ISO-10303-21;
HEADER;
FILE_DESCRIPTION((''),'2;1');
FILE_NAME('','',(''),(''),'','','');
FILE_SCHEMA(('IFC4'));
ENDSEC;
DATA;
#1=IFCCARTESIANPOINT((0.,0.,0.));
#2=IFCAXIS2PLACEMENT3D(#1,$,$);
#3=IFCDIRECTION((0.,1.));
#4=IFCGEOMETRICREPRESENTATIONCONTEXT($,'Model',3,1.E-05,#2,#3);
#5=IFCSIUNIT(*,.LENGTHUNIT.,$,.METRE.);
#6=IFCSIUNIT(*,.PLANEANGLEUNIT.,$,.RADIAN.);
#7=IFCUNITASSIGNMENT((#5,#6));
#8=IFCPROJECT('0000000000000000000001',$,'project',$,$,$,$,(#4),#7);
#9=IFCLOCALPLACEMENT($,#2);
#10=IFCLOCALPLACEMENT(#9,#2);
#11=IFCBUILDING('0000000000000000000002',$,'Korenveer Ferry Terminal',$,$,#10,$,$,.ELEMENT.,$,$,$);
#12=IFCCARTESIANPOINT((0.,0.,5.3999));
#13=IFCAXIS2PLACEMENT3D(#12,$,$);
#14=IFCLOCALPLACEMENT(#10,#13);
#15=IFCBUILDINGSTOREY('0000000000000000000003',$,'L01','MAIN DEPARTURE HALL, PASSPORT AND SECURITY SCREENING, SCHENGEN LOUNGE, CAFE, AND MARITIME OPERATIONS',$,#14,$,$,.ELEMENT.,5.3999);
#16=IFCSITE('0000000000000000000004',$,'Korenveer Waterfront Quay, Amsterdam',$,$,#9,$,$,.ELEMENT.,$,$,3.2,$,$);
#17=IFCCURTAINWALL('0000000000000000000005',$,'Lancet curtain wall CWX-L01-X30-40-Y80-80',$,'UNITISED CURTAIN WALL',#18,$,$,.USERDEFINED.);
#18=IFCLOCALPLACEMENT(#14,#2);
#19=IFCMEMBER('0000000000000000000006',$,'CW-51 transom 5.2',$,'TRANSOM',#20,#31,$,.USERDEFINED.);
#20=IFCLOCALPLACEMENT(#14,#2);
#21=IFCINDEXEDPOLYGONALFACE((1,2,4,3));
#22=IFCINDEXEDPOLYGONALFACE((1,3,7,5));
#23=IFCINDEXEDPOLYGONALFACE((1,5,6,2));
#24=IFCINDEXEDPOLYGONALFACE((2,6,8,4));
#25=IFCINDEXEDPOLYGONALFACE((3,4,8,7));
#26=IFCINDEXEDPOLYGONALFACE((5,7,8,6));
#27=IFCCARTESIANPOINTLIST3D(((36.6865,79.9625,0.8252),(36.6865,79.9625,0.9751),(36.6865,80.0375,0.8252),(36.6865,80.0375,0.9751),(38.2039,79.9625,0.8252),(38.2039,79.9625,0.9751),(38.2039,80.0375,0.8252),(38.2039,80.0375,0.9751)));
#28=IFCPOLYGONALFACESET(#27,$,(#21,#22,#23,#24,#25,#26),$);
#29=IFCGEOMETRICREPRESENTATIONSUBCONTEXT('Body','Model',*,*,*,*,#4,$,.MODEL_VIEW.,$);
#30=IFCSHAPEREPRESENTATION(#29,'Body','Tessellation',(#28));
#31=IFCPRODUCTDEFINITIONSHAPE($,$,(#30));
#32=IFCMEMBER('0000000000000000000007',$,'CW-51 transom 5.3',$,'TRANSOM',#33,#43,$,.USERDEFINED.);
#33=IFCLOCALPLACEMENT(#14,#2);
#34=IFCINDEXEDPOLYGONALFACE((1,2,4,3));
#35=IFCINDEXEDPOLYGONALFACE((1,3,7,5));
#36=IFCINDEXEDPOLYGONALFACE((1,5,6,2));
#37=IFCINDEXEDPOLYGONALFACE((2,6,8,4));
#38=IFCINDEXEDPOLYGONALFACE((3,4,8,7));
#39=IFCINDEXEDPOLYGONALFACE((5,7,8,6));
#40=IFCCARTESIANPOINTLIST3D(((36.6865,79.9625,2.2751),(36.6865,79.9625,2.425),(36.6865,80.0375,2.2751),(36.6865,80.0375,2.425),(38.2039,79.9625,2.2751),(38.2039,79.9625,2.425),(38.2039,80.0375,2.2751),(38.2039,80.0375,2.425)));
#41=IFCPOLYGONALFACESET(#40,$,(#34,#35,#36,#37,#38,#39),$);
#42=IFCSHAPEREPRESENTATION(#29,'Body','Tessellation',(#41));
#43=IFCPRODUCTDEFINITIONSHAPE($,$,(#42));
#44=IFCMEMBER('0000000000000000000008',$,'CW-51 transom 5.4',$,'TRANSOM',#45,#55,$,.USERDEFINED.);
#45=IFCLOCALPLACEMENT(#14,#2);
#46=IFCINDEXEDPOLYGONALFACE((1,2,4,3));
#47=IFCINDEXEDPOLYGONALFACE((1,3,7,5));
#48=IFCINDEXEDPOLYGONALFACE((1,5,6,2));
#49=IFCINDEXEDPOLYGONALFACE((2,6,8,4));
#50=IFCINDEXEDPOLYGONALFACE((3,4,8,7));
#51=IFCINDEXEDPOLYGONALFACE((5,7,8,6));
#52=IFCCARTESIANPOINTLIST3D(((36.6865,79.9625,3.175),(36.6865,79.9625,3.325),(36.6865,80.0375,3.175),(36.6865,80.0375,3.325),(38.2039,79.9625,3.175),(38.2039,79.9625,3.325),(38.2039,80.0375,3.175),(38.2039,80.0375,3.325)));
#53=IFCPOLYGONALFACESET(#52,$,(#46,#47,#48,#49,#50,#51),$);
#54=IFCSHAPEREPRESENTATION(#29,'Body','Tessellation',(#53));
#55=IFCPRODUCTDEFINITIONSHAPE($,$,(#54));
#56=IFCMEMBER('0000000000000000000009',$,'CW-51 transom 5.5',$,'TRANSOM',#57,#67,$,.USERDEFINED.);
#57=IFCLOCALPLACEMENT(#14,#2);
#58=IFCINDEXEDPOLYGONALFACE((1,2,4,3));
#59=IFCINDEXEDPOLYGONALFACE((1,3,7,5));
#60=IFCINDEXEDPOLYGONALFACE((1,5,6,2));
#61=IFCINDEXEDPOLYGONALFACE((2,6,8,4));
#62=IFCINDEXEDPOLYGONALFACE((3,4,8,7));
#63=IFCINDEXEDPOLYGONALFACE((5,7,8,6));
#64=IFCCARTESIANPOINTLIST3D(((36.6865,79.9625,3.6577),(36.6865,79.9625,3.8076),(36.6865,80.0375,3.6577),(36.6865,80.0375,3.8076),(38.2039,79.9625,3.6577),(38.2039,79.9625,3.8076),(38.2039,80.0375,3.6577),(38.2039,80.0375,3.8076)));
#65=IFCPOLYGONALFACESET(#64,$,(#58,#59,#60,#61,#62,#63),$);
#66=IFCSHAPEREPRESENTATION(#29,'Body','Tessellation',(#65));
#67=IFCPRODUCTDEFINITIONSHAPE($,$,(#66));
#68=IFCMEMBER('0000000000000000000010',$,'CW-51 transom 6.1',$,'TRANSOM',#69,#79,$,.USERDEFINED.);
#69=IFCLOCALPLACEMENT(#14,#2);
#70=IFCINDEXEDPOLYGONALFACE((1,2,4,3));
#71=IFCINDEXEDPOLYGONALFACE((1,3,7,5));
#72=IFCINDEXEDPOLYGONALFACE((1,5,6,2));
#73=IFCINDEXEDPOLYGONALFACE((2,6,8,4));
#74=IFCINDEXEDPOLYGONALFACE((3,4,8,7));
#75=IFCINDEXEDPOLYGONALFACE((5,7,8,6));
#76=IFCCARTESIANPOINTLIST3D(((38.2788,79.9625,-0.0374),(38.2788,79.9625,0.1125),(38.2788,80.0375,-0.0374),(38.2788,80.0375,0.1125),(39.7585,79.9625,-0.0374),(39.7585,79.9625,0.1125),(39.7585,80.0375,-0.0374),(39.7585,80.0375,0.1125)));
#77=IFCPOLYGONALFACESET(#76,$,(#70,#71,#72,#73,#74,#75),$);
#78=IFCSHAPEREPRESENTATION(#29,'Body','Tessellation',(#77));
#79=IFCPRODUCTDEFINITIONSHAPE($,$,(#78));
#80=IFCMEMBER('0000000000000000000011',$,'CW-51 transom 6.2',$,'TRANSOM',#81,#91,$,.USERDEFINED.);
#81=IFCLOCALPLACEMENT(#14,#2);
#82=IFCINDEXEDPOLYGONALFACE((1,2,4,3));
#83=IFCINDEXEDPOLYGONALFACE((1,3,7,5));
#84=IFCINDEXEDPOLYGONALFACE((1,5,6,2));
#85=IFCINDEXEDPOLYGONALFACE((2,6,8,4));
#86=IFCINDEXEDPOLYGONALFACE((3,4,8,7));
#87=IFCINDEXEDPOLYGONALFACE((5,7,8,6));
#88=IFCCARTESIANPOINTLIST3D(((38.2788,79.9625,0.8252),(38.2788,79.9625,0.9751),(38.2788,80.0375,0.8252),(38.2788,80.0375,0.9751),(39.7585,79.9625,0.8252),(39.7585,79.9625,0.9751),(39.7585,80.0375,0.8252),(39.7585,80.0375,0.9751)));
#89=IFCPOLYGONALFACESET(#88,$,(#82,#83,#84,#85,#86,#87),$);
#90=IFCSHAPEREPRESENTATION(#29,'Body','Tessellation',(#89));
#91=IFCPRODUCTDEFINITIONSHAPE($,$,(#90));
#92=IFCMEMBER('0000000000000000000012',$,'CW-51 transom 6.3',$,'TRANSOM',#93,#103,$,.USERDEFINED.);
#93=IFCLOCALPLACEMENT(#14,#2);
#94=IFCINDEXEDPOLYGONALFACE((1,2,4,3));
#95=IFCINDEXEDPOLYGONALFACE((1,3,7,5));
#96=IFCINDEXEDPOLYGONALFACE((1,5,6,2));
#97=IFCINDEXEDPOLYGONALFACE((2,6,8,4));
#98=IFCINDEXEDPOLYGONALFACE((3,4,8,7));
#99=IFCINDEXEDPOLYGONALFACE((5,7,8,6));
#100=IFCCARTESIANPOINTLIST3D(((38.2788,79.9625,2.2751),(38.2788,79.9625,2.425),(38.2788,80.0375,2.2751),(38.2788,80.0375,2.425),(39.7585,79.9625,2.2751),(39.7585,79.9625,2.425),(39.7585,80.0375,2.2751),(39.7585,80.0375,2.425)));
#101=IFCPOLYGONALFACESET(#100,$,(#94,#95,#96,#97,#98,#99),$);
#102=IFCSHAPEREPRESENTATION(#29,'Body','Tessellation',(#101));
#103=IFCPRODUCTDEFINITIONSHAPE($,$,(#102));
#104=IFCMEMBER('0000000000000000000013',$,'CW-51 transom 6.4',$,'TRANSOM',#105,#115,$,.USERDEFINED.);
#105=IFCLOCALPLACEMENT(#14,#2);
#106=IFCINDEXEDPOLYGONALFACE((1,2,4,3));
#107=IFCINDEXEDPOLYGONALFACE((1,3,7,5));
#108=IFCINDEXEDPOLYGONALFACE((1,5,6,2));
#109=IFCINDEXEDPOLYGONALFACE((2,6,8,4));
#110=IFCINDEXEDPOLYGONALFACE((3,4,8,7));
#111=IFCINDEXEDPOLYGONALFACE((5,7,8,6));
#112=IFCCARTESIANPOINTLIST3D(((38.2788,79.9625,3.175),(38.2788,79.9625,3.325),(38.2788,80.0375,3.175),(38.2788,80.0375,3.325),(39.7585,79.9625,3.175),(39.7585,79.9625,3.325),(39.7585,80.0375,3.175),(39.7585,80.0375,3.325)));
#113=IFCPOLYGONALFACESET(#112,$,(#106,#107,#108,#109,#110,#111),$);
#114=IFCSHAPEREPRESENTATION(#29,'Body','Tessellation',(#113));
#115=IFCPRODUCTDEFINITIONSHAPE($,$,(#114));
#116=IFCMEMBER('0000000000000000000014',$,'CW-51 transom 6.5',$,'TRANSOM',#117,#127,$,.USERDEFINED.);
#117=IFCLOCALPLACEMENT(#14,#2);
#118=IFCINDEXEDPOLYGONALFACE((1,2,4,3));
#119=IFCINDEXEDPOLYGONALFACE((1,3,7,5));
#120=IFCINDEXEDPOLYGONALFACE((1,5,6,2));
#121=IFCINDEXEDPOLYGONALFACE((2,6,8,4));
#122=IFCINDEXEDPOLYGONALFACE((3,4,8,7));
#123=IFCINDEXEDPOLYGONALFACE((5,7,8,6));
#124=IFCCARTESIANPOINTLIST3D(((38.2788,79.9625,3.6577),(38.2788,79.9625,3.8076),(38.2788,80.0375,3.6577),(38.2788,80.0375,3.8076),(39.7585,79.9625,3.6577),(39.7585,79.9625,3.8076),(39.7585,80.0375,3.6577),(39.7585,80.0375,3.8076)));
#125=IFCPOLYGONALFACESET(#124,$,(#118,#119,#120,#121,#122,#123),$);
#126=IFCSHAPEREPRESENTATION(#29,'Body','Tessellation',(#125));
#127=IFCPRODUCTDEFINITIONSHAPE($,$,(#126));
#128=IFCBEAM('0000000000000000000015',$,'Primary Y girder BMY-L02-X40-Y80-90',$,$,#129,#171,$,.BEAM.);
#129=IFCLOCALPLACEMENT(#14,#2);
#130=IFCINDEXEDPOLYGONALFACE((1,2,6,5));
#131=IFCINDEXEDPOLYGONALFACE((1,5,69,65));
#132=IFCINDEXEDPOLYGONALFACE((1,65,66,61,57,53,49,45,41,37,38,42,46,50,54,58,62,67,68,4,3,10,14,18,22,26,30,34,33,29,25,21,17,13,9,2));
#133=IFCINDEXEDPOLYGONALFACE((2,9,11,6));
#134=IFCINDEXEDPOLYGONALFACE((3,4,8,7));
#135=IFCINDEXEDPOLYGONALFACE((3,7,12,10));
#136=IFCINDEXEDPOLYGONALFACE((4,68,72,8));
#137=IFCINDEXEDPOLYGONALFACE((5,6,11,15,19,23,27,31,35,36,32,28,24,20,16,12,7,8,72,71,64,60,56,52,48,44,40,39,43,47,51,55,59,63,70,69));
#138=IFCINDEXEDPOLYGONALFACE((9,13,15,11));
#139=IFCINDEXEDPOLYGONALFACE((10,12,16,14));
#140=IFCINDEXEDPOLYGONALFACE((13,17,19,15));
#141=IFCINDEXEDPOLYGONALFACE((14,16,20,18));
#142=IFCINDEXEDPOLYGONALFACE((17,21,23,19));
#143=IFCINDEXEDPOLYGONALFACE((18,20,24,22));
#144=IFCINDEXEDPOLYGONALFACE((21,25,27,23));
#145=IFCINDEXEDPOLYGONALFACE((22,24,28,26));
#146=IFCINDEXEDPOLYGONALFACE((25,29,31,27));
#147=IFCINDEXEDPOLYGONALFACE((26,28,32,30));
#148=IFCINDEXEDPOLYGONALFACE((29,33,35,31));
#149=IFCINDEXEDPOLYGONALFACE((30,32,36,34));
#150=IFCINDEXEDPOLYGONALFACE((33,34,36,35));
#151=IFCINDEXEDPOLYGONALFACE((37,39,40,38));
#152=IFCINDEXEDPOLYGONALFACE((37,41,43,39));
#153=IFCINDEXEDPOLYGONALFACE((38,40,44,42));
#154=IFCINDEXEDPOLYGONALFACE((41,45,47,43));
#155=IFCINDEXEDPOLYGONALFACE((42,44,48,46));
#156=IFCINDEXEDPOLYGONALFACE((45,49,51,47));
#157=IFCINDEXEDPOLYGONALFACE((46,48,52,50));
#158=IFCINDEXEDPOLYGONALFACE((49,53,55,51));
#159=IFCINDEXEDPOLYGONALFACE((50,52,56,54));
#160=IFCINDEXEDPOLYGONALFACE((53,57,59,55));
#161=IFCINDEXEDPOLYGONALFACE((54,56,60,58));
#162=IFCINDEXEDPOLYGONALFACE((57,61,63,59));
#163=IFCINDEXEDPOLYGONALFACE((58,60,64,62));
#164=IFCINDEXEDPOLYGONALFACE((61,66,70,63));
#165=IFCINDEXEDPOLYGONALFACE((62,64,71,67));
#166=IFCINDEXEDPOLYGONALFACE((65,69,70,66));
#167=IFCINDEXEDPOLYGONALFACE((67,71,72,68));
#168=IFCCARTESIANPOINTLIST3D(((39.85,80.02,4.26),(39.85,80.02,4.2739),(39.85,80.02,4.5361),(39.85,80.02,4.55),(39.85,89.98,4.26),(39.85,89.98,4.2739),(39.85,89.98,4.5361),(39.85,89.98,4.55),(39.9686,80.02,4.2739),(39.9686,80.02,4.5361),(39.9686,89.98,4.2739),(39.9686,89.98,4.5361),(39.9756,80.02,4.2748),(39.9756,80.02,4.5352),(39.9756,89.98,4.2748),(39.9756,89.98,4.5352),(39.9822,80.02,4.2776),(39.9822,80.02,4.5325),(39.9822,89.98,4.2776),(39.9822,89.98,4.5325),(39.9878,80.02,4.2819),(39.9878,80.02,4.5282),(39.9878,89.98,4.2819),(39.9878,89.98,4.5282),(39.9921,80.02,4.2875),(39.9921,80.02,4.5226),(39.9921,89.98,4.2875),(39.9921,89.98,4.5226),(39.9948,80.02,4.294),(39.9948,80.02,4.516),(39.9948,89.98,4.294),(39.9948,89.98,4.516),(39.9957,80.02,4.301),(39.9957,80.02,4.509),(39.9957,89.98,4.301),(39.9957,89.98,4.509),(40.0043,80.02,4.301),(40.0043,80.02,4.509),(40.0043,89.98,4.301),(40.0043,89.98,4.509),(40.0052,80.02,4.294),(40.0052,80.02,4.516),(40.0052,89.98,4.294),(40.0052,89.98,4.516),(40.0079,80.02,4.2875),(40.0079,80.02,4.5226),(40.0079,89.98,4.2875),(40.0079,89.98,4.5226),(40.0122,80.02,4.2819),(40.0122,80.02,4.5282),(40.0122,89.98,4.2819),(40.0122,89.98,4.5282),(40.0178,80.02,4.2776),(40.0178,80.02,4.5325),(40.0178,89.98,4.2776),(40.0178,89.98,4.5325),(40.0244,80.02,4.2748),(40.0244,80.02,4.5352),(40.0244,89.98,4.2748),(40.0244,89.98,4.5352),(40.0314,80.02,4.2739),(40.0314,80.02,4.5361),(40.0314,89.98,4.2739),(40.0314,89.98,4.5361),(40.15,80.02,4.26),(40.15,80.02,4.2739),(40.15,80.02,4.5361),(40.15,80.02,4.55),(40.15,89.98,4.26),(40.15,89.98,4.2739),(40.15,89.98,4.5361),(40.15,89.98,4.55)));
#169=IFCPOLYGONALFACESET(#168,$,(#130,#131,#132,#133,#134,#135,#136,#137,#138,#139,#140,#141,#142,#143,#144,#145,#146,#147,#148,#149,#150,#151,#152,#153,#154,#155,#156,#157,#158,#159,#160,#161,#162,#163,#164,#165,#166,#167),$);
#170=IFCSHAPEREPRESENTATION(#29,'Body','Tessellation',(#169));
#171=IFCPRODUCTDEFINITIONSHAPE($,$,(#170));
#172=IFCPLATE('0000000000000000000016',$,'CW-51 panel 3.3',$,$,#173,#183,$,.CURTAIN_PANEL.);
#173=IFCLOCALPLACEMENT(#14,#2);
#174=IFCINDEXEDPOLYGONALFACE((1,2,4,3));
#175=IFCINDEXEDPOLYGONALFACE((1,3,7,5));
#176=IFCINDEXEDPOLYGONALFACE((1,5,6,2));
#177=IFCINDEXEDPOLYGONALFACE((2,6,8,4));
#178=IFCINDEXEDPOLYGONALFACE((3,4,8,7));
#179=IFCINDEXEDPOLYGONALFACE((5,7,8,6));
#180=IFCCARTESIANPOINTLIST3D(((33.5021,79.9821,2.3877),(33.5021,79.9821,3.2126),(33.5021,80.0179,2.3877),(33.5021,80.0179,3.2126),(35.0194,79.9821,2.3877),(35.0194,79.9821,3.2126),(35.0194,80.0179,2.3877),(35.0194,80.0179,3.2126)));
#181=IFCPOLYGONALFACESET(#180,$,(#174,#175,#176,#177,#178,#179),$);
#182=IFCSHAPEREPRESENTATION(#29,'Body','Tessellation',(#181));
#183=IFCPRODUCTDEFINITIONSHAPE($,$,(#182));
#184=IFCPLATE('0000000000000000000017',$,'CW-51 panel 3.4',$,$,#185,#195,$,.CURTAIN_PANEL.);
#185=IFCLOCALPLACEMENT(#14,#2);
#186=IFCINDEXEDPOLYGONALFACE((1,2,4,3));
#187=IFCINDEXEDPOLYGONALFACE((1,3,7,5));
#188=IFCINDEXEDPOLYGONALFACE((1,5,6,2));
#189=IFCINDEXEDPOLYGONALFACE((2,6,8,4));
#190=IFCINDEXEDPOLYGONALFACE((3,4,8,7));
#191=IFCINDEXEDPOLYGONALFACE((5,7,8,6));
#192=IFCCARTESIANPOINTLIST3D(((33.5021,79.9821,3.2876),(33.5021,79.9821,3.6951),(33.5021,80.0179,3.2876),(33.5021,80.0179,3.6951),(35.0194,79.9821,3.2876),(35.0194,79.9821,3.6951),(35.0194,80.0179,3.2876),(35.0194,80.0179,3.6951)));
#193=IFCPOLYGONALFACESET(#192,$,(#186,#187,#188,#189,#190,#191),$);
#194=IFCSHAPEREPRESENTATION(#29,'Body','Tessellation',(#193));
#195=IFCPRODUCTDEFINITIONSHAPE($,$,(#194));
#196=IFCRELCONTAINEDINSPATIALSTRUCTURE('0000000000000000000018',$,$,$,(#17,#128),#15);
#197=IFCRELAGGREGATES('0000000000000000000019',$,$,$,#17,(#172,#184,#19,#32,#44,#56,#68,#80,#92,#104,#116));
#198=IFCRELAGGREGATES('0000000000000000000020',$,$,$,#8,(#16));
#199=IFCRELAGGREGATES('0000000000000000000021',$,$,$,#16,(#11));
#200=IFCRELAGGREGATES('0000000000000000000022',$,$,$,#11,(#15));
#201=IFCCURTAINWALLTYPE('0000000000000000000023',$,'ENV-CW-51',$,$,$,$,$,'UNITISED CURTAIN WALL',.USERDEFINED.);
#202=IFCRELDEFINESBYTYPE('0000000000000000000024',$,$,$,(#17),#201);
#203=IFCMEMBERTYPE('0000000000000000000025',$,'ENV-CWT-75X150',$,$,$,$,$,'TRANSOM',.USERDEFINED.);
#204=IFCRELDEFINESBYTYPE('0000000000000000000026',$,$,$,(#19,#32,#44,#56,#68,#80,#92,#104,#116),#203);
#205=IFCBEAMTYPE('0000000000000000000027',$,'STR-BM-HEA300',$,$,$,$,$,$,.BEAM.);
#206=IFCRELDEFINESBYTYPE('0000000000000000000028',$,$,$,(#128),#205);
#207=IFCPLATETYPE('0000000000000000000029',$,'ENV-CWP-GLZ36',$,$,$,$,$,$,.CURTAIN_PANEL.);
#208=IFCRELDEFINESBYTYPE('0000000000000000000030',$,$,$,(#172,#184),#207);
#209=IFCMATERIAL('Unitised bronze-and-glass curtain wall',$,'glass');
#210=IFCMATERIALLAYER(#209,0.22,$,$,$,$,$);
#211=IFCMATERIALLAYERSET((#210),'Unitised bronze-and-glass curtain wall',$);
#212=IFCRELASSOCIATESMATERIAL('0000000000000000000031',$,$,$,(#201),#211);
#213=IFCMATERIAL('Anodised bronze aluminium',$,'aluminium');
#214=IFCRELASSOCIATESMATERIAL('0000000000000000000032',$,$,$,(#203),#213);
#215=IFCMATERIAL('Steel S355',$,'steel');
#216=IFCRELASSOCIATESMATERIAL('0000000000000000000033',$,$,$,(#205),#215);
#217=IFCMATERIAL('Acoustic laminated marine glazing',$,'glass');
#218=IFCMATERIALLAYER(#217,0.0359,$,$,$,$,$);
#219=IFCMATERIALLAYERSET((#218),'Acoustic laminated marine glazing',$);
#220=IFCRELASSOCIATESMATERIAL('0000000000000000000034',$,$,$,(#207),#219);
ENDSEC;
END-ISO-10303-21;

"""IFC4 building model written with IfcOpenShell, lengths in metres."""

from ifc_helpers import new_model, si_unit, direction, frame, origin, origin_2d, place, context, subcontext, project, spatial, rectangle, i_section, extrude, material, layer, layer_set, material_profile, profile_set, type_object, element, aggregate, save


model = new_model("IFC4")

# Units and contexts
model_context = context("Model", 3, precision=1e-05, world=origin(), true_north=direction((0.0, 1.0)))
body_context = subcontext(model_context, "Body", "Model", "MODEL_VIEW")
ifc_project = project(units=[si_unit("LENGTHUNIT", "METRE"), si_unit("PLANEANGLEUNIT", "RADIAN")], contexts=[model_context])

# Site, building, storey
site_placement = place(None, origin())
site = spatial("IfcSite", under=ifc_project, at=site_placement, Name="Korenveer Waterfront Quay, Amsterdam", CompositionType="ELEMENT", RefElevation=3.2)
building_placement = place(site_placement, origin())
building = spatial("IfcBuilding", under=site, at=building_placement, Name="Korenveer Ferry Terminal", CompositionType="ELEMENT")
storey_placement = place(building_placement, frame((0.0, 0.0, 5.3999)))
storey = spatial("IfcBuildingStorey", under=building, at=storey_placement, Name="L01", Description="MAIN DEPARTURE HALL, PASSPORT AND SECURITY SCREENING, SCHENGEN LOUNGE, CAFE, AND MARITIME OPERATIONS", CompositionType="ELEMENT", Elevation=5.3999)

# Shared definitions
ifc_material_1 = material(Name="Steel S355", Category="steel")

# Curtain wall, members
ifc_material_2 = material(Name="Unitised bronze-and-glass curtain wall", Category="glass")
ifc_layer_1 = layer(ifc_material_2, 0.22)
ifc_layer_set_1 = layer_set([ifc_layer_1], Name="Unitised bronze-and-glass curtain wall")
curtain_wall_type = type_object("IfcCurtainWallType", Name="ENV-CW-51", ElementType="UNITISED CURTAIN WALL", PredefinedType="USERDEFINED", material=ifc_layer_set_1)
curtain_wall_placement = place(storey_placement, frame((30.28, 80.0, 0.0)))
curtain_wall = element("IfcCurtainWall", 1, at=curtain_wall_placement, inside=storey, type_object=curtain_wall_type, Name="Lancet curtain wall CWX-L01-X30-40-Y80-80", ObjectType="UNITISED CURTAIN WALL", PredefinedType="USERDEFINED")
ifc_material_3 = material(Name="Anodised bronze aluminium", Category="aluminium")
ifc_material_profile_1 = material_profile(ifc_material_3, rectangle(XDim=0.075, YDim=0.1499, at=origin_2d()), Name="ALU 75x150")
ifc_profile_set_1 = profile_set([ifc_material_profile_1], Name="Anodised bronze aluminium")
member_type_1 = type_object("IfcMemberType", Name="ENV-CWT-75X150", ElementType="TRANSOM", PredefinedType="USERDEFINED", material=ifc_profile_set_1)
member_1_placement = place(storey_placement, frame((36.6865, 80.0, 0.9001), z_axis=(1.0, 0.0, 0.0), x_axis=(0.0, 1.0, 0.0)))
member_1 = element("IfcMember", 2, at=member_1_placement, type_object=member_type_1, Name="CW-51 transom 5.2", ObjectType="TRANSOM", PredefinedType="USERDEFINED", context=body_context, shape_type="SweptSolid", body=[
    extrude(rectangle(XDim=0.075, YDim=0.1499, at=origin_2d()), origin(), (0.0, 0.0, 1.0), 1.5173),
])
member_2_placement = place(storey_placement, frame((36.6865, 80.0, 2.3501), z_axis=(1.0, 0.0, 0.0), x_axis=(0.0, 1.0, 0.0)))
member_2 = element("IfcMember", 3, at=member_2_placement, type_object=member_type_1, Name="CW-51 transom 5.3", ObjectType="TRANSOM", PredefinedType="USERDEFINED", context=body_context, shape_type="SweptSolid", body=[
    extrude(rectangle(XDim=0.075, YDim=0.1499, at=origin_2d()), origin(), (0.0, 0.0, 1.0), 1.5173),
])
member_3_placement = place(storey_placement, frame((36.6865, 80.0, 3.25), z_axis=(1.0, 0.0, 0.0), x_axis=(0.0, 1.0, 0.0)))
member_3 = element("IfcMember", 4, at=member_3_placement, type_object=member_type_1, Name="CW-51 transom 5.4", ObjectType="TRANSOM", PredefinedType="USERDEFINED", context=body_context, shape_type="SweptSolid", body=[
    extrude(rectangle(XDim=0.075, YDim=0.1499, at=origin_2d()), origin(), (0.0, 0.0, 1.0), 1.5173),
])
member_4_placement = place(storey_placement, frame((36.6865, 80.0, 3.7327), z_axis=(1.0, 0.0, 0.0), x_axis=(0.0, 1.0, 0.0)))
member_4 = element("IfcMember", 5, at=member_4_placement, type_object=member_type_1, Name="CW-51 transom 5.5", ObjectType="TRANSOM", PredefinedType="USERDEFINED", context=body_context, shape_type="SweptSolid", body=[
    extrude(rectangle(XDim=0.075, YDim=0.1499, at=origin_2d()), origin(), (0.0, 0.0, 1.0), 1.5173),
])
member_5_placement = place(storey_placement, frame((38.2788, 80.0, 0.0376), z_axis=(1.0, 0.0, 0.0), x_axis=(0.0, 1.0, 0.0)))
member_5 = element("IfcMember", 6, at=member_5_placement, type_object=member_type_1, Name="CW-51 transom 6.1", ObjectType="TRANSOM", PredefinedType="USERDEFINED", context=body_context, shape_type="SweptSolid", body=[
    extrude(rectangle(XDim=0.075, YDim=0.1499, at=origin_2d()), origin(), (0.0, 0.0, 1.0), 1.4797),
])
member_6_placement = place(storey_placement, frame((38.2788, 80.0, 0.9001), z_axis=(1.0, 0.0, 0.0), x_axis=(0.0, 1.0, 0.0)))
member_6 = element("IfcMember", 7, at=member_6_placement, type_object=member_type_1, Name="CW-51 transom 6.2", ObjectType="TRANSOM", PredefinedType="USERDEFINED", context=body_context, shape_type="SweptSolid", body=[
    extrude(rectangle(XDim=0.075, YDim=0.1499, at=origin_2d()), origin(), (0.0, 0.0, 1.0), 1.4797),
])
member_7_placement = place(storey_placement, frame((38.2788, 80.0, 2.3501), z_axis=(1.0, 0.0, 0.0), x_axis=(0.0, 1.0, 0.0)))
member_7 = element("IfcMember", 8, at=member_7_placement, type_object=member_type_1, Name="CW-51 transom 6.3", ObjectType="TRANSOM", PredefinedType="USERDEFINED", context=body_context, shape_type="SweptSolid", body=[
    extrude(rectangle(XDim=0.075, YDim=0.1499, at=origin_2d()), origin(), (0.0, 0.0, 1.0), 1.4797),
])
member_8_placement = place(storey_placement, frame((38.2788, 80.0, 3.25), z_axis=(1.0, 0.0, 0.0), x_axis=(0.0, 1.0, 0.0)))
member_8 = element("IfcMember", 9, at=member_8_placement, type_object=member_type_1, Name="CW-51 transom 6.4", ObjectType="TRANSOM", PredefinedType="USERDEFINED", context=body_context, shape_type="SweptSolid", body=[
    extrude(rectangle(XDim=0.075, YDim=0.1499, at=origin_2d()), origin(), (0.0, 0.0, 1.0), 1.4797),
])
member_9_placement = place(storey_placement, frame((38.2788, 80.0, 3.7327), z_axis=(1.0, 0.0, 0.0), x_axis=(0.0, 1.0, 0.0)))
member_9 = element("IfcMember", 10, at=member_9_placement, type_object=member_type_1, Name="CW-51 transom 6.5", ObjectType="TRANSOM", PredefinedType="USERDEFINED", context=body_context, shape_type="SweptSolid", body=[
    extrude(rectangle(XDim=0.075, YDim=0.1499, at=origin_2d()), origin(), (0.0, 0.0, 1.0), 1.4797),
])

# Beam
ifc_material_profile_2 = material_profile(ifc_material_1, i_section(OverallWidth=0.3, OverallDepth=0.29, WebThickness=0.0085, FlangeThickness=0.0139, FilletRadius=0.0271, at=origin_2d()), Name="HEA 300")
ifc_profile_set_2 = profile_set([ifc_material_profile_2], Name="Steel S355")
beam_type = type_object("IfcBeamType", Name="STR-BM-HEA300", PredefinedType="BEAM", material=ifc_profile_set_2)
beam_placement = place(storey_placement, frame((40.0, 80.02, 4.405), z_axis=(0.0, 1.0, 0.0), x_axis=(-1.0, 0.0, 0.0)))
element("IfcBeam", 11, at=beam_placement, inside=storey, type_object=beam_type, Name="Primary Y girder BMY-L02-X40-Y80-90", PredefinedType="BEAM", context=body_context, shape_type="SweptSolid", body=[
    extrude(i_section(OverallWidth=0.3, OverallDepth=0.29, WebThickness=0.0085, FlangeThickness=0.0139, FilletRadius=0.0271, at=origin_2d()), origin(), (0.0, 0.0, 1.0), 9.96),
])

# Plates
ifc_material_4 = material(Name="Acoustic laminated marine glazing", Category="glass")
ifc_layer_2 = layer(ifc_material_4, 0.0359)
ifc_layer_set_2 = layer_set([ifc_layer_2], Name="Acoustic laminated marine glazing")
plate_type = type_object("IfcPlateType", Name="ENV-CWP-GLZ36", PredefinedType="CURTAIN_PANEL", material=ifc_layer_set_2)
plate_1_placement = place(storey_placement, frame((34.2607, 80.0, 2.3877), z_axis=(0.0, 0.0, 1.0), x_axis=(1.0, 0.0, 0.0)))
plate_1 = element("IfcPlate", 12, at=plate_1_placement, type_object=plate_type, Name="CW-51 panel 3.3", PredefinedType="CURTAIN_PANEL", context=body_context, shape_type="SweptSolid", body=[
    extrude(rectangle(XDim=1.5173, YDim=0.0359, at=origin_2d()), origin(), (0.0, 0.0, 1.0), 0.825),
])
plate_2_placement = place(storey_placement, frame((34.2607, 80.0, 3.2876), z_axis=(0.0, 0.0, 1.0), x_axis=(1.0, 0.0, 0.0)))
plate_2 = element("IfcPlate", 13, at=plate_2_placement, type_object=plate_type, Name="CW-51 panel 3.4", PredefinedType="CURTAIN_PANEL", context=body_context, shape_type="SweptSolid", body=[
    extrude(rectangle(XDim=1.5173, YDim=0.0359, at=origin_2d()), origin(), (0.0, 0.0, 1.0), 0.4075),
])
aggregate(curtain_wall, [plate_1, plate_2, member_1, member_2, member_3, member_4, member_5, member_6, member_7, member_8, member_9])

save(model, "model.ifc")
